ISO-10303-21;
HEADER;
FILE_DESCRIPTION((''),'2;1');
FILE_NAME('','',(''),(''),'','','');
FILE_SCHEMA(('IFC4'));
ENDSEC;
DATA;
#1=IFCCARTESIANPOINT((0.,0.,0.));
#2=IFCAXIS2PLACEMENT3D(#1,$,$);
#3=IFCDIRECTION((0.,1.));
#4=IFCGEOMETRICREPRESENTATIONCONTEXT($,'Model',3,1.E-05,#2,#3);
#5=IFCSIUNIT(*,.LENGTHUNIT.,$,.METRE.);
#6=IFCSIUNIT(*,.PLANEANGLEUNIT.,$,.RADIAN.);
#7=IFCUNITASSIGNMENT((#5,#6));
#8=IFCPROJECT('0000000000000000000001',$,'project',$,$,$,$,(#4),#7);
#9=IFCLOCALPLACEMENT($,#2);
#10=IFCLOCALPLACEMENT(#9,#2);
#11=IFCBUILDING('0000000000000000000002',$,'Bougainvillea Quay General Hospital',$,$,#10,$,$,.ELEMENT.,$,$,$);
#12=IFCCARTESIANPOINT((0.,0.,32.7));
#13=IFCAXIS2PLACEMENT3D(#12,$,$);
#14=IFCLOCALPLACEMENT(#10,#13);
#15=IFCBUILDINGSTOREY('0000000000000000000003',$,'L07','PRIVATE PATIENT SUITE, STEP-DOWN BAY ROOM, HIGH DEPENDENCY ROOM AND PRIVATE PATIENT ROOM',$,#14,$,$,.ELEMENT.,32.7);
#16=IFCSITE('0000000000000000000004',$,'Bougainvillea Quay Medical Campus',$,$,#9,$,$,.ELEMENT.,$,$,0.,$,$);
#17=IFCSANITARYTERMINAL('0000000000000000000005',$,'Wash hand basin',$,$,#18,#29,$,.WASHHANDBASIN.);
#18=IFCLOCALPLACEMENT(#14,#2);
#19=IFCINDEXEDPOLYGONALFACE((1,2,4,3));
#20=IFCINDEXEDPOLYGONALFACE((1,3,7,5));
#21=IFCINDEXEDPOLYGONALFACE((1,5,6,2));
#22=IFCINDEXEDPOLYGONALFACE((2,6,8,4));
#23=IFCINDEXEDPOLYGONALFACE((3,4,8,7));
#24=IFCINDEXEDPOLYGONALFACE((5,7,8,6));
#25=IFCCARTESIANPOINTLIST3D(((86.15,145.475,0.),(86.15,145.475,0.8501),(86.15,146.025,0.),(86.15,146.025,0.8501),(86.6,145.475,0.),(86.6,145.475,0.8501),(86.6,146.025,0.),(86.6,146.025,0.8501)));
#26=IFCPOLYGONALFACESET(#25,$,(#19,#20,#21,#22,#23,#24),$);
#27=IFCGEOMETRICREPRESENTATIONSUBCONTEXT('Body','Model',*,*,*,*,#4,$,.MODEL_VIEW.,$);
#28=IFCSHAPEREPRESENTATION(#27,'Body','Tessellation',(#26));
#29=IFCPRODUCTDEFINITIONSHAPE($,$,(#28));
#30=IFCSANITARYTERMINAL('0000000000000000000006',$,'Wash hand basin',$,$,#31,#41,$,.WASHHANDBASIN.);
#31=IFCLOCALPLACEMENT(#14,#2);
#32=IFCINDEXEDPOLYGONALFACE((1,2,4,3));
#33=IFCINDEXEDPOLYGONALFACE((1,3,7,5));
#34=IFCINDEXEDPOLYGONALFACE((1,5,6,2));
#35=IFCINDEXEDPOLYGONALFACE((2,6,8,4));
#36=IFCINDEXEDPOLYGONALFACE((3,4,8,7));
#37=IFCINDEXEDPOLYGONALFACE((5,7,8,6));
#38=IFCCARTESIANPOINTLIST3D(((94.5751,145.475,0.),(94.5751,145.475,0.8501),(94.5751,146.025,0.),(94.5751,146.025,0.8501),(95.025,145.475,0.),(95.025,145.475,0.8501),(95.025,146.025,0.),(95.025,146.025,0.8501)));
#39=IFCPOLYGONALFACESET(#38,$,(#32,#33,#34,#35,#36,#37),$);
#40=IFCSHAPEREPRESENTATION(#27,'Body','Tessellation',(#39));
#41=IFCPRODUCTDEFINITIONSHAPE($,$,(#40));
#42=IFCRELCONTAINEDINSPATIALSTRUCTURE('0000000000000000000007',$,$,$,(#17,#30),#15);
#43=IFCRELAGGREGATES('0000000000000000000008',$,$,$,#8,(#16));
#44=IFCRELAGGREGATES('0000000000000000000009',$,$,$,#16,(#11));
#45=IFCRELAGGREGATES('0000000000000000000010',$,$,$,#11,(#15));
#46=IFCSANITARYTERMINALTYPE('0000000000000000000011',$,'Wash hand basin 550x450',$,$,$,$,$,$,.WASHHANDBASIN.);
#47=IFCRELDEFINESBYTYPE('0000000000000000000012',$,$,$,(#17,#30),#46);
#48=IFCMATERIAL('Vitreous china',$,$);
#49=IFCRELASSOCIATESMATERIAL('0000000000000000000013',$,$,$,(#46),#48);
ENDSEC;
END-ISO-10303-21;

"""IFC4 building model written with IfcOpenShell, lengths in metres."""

from ifc_helpers import new_model, si_unit, direction, frame, origin, origin_2d, place, context, subcontext, project, spatial, rectangle, extrude, material, type_object, element, save


model = new_model("IFC4")

# Units and contexts
model_context = context("Model", 3, precision=1e-05, world=origin(), true_north=direction((0.0, 1.0)))
body_context = subcontext(model_context, "Body", "Model", "MODEL_VIEW")
ifc_project = project(units=[si_unit("LENGTHUNIT", "METRE"), si_unit("PLANEANGLEUNIT", "RADIAN")], contexts=[model_context])

# Site, building, storey
site_placement = place(None, origin())
site = spatial("IfcSite", under=ifc_project, at=site_placement, Name="Bougainvillea Quay Medical Campus", CompositionType="ELEMENT", RefElevation=0.0)
building_placement = place(site_placement, origin())
building = spatial("IfcBuilding", under=site, at=building_placement, Name="Bougainvillea Quay General Hospital", CompositionType="ELEMENT")
storey_placement = place(building_placement, frame((0.0, 0.0, 32.7)))
storey = spatial("IfcBuildingStorey", under=building, at=storey_placement, Name="L07", Description="PRIVATE PATIENT SUITE, STEP-DOWN BAY ROOM, HIGH DEPENDENCY ROOM AND PRIVATE PATIENT ROOM", CompositionType="ELEMENT", Elevation=32.7)

# Sanitary terminals
ifc_material_1 = material(Name="Vitreous china")
sanitary_terminal_type_1 = type_object("IfcSanitaryTerminalType", Name="Wash hand basin 550x450", PredefinedType="WASHHANDBASIN", material=ifc_material_1)
for number, where, z_axis, x_axis, name in (
    (1, (86.375, 145.75, 0.0), (0.0, 0.0, 1.0), (0.0, 1.0, 0.0), "Wash hand basin"),
    (2, (94.8, 145.75, 0.0), (0.0, 0.0, 1.0), (0.0, 1.0, 0.0), "Wash hand basin"),
):
    element("IfcSanitaryTerminal", number, at=place(storey_placement, frame(where, z_axis=z_axis, x_axis=x_axis)), inside=storey, type_object=sanitary_terminal_type_1, Name=name, PredefinedType="WASHHANDBASIN", context=body_context, shape_type="SweptSolid", body=[
        extrude(rectangle(XDim=0.55, YDim=0.45, at=origin_2d()), origin(), (0.0, 0.0, 1.0), 0.8501),
    ])

save(model, "model.ifc")
